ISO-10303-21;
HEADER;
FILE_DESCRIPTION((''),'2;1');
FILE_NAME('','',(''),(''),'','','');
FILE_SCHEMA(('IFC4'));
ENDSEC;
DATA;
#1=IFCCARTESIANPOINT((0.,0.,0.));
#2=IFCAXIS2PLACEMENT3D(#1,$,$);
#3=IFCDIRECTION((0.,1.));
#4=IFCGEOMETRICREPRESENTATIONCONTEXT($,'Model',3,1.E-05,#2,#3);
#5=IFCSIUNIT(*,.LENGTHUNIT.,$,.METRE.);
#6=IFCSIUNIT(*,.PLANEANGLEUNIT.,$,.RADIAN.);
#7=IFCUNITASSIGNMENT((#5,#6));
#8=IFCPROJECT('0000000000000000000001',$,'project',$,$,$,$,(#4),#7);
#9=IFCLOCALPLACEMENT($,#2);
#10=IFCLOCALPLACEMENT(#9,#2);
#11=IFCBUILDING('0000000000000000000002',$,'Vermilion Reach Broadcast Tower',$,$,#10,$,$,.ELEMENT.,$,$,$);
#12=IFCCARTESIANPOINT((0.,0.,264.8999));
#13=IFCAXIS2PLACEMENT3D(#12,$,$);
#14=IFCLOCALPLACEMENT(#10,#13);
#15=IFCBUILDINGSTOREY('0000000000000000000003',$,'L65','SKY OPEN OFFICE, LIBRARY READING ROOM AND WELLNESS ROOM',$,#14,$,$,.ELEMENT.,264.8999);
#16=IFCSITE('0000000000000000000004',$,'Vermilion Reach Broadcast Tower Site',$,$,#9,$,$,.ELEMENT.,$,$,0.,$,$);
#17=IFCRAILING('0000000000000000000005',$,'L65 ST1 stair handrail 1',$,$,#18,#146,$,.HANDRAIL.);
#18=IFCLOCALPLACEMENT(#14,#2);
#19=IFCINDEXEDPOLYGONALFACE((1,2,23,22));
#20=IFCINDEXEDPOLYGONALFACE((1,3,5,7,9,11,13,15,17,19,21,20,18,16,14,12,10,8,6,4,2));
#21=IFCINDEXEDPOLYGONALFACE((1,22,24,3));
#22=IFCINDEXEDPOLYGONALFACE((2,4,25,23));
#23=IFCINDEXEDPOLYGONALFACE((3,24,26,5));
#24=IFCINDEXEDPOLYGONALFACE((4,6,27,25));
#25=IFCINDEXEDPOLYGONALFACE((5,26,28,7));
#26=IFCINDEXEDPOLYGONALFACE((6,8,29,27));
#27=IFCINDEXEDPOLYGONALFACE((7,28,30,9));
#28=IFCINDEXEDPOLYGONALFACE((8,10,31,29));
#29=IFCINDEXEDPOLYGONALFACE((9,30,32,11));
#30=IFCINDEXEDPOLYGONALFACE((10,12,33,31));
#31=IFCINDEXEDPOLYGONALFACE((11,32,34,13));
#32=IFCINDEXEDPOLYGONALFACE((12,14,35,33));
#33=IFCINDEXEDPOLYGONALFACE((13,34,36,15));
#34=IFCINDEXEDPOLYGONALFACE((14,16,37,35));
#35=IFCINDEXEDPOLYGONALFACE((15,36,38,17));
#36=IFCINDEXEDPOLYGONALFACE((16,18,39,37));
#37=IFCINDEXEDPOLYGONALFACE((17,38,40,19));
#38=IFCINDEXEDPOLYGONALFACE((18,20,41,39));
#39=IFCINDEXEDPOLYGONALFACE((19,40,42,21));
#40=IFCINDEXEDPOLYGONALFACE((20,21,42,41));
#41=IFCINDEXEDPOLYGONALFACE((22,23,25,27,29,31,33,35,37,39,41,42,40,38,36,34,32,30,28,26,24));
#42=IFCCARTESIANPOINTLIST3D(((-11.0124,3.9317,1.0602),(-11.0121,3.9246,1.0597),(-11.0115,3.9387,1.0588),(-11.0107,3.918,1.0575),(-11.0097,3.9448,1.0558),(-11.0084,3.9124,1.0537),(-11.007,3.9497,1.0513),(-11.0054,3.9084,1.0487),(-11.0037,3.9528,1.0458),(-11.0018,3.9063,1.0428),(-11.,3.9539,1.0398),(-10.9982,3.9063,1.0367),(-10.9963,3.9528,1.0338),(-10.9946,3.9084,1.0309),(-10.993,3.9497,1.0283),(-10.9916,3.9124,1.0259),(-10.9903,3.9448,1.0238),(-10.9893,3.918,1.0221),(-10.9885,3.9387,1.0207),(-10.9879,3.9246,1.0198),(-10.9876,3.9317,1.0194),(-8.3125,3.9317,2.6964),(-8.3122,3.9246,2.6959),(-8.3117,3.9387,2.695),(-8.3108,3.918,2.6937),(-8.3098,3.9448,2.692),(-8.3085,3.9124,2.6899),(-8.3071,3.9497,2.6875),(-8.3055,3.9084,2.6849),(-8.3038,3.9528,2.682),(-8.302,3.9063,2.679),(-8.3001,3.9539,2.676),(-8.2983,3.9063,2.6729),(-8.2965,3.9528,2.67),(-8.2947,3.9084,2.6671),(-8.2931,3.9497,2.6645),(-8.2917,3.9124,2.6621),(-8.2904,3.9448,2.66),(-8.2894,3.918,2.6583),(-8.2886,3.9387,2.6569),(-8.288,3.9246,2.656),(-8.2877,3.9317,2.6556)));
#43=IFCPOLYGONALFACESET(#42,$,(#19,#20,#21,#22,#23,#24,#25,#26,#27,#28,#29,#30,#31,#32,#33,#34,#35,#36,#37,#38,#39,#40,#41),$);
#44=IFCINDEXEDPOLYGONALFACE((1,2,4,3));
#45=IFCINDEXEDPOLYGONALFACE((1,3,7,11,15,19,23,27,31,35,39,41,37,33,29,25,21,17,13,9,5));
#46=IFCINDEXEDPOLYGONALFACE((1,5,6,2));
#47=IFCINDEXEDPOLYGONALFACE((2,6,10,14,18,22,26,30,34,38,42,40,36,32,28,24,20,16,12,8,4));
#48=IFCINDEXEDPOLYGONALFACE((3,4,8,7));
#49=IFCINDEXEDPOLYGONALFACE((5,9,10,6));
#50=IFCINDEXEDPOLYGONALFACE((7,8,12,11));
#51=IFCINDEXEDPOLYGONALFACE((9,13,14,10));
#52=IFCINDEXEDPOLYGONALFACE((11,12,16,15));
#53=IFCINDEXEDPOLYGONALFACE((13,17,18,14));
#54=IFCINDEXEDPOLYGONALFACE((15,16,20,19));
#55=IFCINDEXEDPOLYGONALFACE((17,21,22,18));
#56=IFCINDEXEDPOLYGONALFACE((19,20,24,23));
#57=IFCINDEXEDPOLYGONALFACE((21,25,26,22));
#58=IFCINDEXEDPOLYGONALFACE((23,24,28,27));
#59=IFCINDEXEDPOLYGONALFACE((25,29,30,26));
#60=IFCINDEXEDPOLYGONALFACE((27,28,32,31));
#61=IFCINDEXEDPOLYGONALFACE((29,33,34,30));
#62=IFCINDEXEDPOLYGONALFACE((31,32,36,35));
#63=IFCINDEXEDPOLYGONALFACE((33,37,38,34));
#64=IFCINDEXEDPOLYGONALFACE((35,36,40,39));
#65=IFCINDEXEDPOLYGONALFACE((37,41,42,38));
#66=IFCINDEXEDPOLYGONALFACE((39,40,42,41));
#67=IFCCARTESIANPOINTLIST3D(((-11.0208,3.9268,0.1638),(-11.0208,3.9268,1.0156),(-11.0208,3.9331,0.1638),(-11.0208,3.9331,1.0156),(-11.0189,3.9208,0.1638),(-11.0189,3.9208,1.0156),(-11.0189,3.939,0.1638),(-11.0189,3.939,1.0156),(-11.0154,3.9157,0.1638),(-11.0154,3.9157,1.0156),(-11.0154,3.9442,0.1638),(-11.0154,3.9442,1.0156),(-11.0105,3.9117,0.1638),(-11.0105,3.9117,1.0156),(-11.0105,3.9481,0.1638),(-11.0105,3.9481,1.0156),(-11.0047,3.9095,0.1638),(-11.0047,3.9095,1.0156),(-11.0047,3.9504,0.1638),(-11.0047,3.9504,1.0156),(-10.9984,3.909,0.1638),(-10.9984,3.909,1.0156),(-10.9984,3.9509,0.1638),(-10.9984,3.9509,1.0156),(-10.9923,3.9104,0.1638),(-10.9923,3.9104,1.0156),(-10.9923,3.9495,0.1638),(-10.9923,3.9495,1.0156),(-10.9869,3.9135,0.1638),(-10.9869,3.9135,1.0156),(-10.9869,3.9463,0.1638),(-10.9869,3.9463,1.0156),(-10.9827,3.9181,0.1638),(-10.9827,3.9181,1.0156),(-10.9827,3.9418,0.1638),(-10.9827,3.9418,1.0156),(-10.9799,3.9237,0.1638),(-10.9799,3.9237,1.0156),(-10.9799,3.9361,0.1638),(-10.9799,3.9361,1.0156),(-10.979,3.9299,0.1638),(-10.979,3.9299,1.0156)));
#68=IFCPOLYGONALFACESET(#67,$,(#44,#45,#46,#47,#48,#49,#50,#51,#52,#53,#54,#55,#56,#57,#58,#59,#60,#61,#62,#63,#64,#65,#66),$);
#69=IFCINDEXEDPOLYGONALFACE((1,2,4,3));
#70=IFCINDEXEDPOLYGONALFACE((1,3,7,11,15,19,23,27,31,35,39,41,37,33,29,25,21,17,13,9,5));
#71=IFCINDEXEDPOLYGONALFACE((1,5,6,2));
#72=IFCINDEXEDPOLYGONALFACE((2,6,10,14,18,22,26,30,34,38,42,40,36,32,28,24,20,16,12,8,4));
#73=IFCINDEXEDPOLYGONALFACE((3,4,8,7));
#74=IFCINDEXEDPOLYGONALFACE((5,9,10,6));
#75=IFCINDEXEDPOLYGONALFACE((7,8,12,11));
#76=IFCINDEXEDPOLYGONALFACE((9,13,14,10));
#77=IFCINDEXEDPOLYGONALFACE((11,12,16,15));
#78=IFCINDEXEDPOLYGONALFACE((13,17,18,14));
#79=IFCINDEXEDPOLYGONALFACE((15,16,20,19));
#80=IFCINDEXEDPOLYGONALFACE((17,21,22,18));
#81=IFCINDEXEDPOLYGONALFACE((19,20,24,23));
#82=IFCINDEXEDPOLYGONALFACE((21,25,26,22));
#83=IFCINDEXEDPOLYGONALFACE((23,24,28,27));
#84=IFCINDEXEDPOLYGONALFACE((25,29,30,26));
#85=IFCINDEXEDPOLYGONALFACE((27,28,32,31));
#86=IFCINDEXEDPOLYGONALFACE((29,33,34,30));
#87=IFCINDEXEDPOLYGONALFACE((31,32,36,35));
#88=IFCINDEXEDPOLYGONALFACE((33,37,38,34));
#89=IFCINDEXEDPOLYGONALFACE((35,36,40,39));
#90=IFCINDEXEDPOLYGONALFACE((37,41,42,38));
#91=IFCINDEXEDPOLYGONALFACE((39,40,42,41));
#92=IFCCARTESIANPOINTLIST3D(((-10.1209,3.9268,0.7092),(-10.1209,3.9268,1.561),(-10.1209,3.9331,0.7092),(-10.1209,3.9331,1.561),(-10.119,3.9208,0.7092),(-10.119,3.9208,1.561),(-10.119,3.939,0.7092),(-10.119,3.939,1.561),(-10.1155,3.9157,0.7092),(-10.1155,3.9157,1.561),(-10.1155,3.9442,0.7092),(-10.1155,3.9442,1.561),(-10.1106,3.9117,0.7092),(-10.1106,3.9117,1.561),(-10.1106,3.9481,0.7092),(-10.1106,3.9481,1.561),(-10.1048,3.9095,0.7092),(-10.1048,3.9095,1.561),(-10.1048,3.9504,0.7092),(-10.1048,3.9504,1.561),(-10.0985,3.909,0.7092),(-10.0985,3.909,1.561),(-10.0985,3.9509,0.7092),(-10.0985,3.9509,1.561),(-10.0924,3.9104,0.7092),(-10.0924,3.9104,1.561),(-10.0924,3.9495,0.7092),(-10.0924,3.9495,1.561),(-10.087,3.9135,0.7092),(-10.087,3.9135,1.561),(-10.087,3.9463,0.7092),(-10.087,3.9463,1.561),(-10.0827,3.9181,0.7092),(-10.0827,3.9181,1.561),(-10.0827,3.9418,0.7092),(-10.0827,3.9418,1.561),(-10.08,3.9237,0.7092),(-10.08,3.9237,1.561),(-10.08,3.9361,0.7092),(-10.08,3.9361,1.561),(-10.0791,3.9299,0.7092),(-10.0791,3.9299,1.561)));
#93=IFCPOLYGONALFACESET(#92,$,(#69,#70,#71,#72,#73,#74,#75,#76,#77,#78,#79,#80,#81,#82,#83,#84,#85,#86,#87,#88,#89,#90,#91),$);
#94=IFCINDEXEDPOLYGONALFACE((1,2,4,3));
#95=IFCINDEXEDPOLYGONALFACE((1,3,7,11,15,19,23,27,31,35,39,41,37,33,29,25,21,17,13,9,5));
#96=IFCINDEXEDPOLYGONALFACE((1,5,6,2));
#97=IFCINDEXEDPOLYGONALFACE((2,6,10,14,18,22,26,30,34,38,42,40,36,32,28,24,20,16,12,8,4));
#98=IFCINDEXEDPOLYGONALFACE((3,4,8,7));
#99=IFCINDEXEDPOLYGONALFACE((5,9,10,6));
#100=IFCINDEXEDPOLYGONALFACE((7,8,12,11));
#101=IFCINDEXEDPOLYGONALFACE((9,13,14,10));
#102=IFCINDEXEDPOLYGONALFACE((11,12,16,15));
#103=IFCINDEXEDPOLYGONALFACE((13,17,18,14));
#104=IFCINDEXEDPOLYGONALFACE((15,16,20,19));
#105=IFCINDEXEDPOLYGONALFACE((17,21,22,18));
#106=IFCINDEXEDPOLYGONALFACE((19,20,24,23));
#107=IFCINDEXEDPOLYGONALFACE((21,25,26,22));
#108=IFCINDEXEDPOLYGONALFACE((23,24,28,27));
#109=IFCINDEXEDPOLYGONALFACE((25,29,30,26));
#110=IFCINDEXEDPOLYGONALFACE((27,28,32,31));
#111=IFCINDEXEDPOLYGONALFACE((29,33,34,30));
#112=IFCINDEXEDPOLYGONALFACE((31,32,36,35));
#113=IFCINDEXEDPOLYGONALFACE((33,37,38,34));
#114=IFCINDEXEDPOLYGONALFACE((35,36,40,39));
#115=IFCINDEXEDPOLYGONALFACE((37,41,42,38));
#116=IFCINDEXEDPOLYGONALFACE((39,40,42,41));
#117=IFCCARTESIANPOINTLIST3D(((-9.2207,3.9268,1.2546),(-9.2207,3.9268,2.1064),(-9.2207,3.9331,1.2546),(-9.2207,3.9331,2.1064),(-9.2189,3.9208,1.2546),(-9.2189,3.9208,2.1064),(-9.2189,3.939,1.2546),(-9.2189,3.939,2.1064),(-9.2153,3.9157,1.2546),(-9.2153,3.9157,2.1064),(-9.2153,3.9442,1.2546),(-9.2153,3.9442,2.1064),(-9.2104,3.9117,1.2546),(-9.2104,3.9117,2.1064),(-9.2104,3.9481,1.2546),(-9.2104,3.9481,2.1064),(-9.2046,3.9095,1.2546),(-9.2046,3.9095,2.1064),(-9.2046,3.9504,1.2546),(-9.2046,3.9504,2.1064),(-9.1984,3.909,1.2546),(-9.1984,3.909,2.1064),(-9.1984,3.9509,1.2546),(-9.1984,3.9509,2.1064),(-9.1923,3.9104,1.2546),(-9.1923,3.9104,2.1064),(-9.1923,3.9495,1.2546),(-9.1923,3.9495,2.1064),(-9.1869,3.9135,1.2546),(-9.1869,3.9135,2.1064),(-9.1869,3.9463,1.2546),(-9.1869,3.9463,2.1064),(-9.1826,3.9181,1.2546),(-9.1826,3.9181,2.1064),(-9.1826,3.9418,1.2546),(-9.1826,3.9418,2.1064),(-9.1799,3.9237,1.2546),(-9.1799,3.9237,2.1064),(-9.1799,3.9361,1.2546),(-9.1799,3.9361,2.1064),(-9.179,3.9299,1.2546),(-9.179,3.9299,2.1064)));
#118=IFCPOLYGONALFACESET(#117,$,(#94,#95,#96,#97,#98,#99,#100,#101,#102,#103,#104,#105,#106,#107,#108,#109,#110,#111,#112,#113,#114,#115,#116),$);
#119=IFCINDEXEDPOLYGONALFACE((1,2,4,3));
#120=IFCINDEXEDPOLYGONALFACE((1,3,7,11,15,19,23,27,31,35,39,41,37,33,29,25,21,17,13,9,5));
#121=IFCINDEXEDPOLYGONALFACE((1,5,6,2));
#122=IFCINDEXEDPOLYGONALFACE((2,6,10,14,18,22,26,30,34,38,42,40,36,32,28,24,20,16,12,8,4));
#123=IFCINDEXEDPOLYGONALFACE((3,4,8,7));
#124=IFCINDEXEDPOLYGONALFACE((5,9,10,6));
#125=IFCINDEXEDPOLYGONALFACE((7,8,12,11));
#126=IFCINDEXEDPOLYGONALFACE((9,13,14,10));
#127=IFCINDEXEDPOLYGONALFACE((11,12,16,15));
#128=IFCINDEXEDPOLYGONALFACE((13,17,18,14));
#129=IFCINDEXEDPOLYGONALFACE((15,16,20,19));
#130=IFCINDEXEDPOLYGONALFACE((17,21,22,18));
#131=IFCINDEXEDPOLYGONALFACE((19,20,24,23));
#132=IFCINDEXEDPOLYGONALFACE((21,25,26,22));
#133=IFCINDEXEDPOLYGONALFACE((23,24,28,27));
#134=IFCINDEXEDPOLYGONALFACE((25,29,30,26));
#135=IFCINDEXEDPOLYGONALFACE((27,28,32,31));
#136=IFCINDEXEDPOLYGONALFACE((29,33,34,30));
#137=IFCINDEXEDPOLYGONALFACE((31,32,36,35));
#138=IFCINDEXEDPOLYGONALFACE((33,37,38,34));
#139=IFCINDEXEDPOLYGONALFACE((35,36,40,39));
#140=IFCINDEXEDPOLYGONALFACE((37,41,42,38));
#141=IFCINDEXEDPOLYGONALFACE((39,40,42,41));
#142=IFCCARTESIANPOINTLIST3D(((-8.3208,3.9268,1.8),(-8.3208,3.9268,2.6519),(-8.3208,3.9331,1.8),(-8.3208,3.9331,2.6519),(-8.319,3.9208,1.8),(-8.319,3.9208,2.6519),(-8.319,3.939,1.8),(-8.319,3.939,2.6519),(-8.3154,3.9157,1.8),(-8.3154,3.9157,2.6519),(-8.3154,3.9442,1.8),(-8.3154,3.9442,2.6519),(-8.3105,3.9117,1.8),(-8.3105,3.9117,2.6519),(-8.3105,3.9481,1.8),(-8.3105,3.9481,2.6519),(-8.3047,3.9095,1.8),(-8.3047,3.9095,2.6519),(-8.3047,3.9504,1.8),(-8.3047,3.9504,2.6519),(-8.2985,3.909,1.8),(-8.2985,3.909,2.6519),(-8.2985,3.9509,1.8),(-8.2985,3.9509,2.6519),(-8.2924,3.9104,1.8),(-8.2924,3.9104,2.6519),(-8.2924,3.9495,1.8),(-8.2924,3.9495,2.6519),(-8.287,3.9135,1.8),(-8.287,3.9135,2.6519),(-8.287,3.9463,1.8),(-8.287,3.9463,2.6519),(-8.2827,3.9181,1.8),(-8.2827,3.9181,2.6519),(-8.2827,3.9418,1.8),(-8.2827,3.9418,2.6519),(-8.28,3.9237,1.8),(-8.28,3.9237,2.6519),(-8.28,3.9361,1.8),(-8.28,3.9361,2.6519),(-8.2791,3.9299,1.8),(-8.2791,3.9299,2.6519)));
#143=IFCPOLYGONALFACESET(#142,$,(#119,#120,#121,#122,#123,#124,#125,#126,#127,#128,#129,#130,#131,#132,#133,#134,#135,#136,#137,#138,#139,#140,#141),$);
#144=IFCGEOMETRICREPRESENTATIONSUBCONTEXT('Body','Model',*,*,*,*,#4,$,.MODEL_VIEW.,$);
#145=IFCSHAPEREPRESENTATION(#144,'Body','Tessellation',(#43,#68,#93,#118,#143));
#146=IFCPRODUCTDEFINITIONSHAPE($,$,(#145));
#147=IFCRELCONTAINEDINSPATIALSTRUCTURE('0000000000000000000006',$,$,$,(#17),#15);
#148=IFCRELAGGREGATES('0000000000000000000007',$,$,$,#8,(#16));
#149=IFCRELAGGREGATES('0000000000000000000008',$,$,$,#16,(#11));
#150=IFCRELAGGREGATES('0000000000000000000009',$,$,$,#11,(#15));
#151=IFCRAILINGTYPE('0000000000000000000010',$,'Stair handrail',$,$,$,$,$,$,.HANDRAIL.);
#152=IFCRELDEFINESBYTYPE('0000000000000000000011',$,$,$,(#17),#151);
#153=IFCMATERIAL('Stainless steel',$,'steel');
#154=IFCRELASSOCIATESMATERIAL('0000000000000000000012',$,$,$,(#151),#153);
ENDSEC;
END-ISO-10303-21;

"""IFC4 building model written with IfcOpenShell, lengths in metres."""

from ifc_helpers import new_model, si_unit, direction, frame, origin, origin_2d, place, context, subcontext, project, spatial, circle, extrude, material, type_object, element, save


model = new_model("IFC4")

# Units and contexts
model_context = context("Model", 3, precision=1e-05, world=origin(), true_north=direction((0.0, 1.0)))
body_context = subcontext(model_context, "Body", "Model", "MODEL_VIEW")
ifc_project = project(units=[si_unit("LENGTHUNIT", "METRE"), si_unit("PLANEANGLEUNIT", "RADIAN")], contexts=[model_context])

# Site, building, storey
site_placement = place(None, origin())
site = spatial("IfcSite", under=ifc_project, at=site_placement, Name="Vermilion Reach Broadcast Tower Site", CompositionType="ELEMENT", RefElevation=0.0)
building_placement = place(site_placement, origin())
building = spatial("IfcBuilding", under=site, at=building_placement, Name="Vermilion Reach Broadcast Tower", CompositionType="ELEMENT")
storey_placement = place(building_placement, frame((0.0, 0.0, 264.8999)))
storey = spatial("IfcBuildingStorey", under=building, at=storey_placement, Name="L65", Description="SKY OPEN OFFICE, LIBRARY READING ROOM AND WELLNESS ROOM", CompositionType="ELEMENT", Elevation=264.8999)

# Railing
ifc_material_1 = material(Name="Stainless steel", Category="steel")
railing_type_1 = type_object("IfcRailingType", Name="Stair handrail", PredefinedType="HANDRAIL", material=ifc_material_1)
railing_1_placement = place(storey_placement, frame((-11.0, 3.9299, 0.1638)))
element("IfcRailing", 1, at=railing_1_placement, inside=storey, type_object=railing_type_1, Name="L65 ST1 stair handrail 1", PredefinedType="HANDRAIL", context=body_context, shape_type="SweptSolid", body=[
    extrude(circle(Radius=0.0239, at=origin_2d()), frame((0.0, 0.0, 0.876), z_axis=(0.855212, 0.0, 0.518278), x_axis=(0.0, 1.0, 0.0)), (0.0, 0.0, 1.0), 3.157),
    extrude(circle(Radius=0.021, at=origin_2d()), origin(), (0.0, 0.0, 1.0), 0.8518),
    extrude(circle(Radius=0.021, at=origin_2d()), frame((0.8999, 0.0, 0.5454)), (0.0, 0.0, 1.0), 0.8518),
    extrude(circle(Radius=0.021, at=origin_2d()), frame((1.8, 0.0, 1.0908)), (0.0, 0.0, 1.0), 0.8518),
    extrude(circle(Radius=0.021, at=origin_2d()), frame((2.7, 0.0, 1.6362)), (0.0, 0.0, 1.0), 0.8518),
])

save(model, "model.ifc")
